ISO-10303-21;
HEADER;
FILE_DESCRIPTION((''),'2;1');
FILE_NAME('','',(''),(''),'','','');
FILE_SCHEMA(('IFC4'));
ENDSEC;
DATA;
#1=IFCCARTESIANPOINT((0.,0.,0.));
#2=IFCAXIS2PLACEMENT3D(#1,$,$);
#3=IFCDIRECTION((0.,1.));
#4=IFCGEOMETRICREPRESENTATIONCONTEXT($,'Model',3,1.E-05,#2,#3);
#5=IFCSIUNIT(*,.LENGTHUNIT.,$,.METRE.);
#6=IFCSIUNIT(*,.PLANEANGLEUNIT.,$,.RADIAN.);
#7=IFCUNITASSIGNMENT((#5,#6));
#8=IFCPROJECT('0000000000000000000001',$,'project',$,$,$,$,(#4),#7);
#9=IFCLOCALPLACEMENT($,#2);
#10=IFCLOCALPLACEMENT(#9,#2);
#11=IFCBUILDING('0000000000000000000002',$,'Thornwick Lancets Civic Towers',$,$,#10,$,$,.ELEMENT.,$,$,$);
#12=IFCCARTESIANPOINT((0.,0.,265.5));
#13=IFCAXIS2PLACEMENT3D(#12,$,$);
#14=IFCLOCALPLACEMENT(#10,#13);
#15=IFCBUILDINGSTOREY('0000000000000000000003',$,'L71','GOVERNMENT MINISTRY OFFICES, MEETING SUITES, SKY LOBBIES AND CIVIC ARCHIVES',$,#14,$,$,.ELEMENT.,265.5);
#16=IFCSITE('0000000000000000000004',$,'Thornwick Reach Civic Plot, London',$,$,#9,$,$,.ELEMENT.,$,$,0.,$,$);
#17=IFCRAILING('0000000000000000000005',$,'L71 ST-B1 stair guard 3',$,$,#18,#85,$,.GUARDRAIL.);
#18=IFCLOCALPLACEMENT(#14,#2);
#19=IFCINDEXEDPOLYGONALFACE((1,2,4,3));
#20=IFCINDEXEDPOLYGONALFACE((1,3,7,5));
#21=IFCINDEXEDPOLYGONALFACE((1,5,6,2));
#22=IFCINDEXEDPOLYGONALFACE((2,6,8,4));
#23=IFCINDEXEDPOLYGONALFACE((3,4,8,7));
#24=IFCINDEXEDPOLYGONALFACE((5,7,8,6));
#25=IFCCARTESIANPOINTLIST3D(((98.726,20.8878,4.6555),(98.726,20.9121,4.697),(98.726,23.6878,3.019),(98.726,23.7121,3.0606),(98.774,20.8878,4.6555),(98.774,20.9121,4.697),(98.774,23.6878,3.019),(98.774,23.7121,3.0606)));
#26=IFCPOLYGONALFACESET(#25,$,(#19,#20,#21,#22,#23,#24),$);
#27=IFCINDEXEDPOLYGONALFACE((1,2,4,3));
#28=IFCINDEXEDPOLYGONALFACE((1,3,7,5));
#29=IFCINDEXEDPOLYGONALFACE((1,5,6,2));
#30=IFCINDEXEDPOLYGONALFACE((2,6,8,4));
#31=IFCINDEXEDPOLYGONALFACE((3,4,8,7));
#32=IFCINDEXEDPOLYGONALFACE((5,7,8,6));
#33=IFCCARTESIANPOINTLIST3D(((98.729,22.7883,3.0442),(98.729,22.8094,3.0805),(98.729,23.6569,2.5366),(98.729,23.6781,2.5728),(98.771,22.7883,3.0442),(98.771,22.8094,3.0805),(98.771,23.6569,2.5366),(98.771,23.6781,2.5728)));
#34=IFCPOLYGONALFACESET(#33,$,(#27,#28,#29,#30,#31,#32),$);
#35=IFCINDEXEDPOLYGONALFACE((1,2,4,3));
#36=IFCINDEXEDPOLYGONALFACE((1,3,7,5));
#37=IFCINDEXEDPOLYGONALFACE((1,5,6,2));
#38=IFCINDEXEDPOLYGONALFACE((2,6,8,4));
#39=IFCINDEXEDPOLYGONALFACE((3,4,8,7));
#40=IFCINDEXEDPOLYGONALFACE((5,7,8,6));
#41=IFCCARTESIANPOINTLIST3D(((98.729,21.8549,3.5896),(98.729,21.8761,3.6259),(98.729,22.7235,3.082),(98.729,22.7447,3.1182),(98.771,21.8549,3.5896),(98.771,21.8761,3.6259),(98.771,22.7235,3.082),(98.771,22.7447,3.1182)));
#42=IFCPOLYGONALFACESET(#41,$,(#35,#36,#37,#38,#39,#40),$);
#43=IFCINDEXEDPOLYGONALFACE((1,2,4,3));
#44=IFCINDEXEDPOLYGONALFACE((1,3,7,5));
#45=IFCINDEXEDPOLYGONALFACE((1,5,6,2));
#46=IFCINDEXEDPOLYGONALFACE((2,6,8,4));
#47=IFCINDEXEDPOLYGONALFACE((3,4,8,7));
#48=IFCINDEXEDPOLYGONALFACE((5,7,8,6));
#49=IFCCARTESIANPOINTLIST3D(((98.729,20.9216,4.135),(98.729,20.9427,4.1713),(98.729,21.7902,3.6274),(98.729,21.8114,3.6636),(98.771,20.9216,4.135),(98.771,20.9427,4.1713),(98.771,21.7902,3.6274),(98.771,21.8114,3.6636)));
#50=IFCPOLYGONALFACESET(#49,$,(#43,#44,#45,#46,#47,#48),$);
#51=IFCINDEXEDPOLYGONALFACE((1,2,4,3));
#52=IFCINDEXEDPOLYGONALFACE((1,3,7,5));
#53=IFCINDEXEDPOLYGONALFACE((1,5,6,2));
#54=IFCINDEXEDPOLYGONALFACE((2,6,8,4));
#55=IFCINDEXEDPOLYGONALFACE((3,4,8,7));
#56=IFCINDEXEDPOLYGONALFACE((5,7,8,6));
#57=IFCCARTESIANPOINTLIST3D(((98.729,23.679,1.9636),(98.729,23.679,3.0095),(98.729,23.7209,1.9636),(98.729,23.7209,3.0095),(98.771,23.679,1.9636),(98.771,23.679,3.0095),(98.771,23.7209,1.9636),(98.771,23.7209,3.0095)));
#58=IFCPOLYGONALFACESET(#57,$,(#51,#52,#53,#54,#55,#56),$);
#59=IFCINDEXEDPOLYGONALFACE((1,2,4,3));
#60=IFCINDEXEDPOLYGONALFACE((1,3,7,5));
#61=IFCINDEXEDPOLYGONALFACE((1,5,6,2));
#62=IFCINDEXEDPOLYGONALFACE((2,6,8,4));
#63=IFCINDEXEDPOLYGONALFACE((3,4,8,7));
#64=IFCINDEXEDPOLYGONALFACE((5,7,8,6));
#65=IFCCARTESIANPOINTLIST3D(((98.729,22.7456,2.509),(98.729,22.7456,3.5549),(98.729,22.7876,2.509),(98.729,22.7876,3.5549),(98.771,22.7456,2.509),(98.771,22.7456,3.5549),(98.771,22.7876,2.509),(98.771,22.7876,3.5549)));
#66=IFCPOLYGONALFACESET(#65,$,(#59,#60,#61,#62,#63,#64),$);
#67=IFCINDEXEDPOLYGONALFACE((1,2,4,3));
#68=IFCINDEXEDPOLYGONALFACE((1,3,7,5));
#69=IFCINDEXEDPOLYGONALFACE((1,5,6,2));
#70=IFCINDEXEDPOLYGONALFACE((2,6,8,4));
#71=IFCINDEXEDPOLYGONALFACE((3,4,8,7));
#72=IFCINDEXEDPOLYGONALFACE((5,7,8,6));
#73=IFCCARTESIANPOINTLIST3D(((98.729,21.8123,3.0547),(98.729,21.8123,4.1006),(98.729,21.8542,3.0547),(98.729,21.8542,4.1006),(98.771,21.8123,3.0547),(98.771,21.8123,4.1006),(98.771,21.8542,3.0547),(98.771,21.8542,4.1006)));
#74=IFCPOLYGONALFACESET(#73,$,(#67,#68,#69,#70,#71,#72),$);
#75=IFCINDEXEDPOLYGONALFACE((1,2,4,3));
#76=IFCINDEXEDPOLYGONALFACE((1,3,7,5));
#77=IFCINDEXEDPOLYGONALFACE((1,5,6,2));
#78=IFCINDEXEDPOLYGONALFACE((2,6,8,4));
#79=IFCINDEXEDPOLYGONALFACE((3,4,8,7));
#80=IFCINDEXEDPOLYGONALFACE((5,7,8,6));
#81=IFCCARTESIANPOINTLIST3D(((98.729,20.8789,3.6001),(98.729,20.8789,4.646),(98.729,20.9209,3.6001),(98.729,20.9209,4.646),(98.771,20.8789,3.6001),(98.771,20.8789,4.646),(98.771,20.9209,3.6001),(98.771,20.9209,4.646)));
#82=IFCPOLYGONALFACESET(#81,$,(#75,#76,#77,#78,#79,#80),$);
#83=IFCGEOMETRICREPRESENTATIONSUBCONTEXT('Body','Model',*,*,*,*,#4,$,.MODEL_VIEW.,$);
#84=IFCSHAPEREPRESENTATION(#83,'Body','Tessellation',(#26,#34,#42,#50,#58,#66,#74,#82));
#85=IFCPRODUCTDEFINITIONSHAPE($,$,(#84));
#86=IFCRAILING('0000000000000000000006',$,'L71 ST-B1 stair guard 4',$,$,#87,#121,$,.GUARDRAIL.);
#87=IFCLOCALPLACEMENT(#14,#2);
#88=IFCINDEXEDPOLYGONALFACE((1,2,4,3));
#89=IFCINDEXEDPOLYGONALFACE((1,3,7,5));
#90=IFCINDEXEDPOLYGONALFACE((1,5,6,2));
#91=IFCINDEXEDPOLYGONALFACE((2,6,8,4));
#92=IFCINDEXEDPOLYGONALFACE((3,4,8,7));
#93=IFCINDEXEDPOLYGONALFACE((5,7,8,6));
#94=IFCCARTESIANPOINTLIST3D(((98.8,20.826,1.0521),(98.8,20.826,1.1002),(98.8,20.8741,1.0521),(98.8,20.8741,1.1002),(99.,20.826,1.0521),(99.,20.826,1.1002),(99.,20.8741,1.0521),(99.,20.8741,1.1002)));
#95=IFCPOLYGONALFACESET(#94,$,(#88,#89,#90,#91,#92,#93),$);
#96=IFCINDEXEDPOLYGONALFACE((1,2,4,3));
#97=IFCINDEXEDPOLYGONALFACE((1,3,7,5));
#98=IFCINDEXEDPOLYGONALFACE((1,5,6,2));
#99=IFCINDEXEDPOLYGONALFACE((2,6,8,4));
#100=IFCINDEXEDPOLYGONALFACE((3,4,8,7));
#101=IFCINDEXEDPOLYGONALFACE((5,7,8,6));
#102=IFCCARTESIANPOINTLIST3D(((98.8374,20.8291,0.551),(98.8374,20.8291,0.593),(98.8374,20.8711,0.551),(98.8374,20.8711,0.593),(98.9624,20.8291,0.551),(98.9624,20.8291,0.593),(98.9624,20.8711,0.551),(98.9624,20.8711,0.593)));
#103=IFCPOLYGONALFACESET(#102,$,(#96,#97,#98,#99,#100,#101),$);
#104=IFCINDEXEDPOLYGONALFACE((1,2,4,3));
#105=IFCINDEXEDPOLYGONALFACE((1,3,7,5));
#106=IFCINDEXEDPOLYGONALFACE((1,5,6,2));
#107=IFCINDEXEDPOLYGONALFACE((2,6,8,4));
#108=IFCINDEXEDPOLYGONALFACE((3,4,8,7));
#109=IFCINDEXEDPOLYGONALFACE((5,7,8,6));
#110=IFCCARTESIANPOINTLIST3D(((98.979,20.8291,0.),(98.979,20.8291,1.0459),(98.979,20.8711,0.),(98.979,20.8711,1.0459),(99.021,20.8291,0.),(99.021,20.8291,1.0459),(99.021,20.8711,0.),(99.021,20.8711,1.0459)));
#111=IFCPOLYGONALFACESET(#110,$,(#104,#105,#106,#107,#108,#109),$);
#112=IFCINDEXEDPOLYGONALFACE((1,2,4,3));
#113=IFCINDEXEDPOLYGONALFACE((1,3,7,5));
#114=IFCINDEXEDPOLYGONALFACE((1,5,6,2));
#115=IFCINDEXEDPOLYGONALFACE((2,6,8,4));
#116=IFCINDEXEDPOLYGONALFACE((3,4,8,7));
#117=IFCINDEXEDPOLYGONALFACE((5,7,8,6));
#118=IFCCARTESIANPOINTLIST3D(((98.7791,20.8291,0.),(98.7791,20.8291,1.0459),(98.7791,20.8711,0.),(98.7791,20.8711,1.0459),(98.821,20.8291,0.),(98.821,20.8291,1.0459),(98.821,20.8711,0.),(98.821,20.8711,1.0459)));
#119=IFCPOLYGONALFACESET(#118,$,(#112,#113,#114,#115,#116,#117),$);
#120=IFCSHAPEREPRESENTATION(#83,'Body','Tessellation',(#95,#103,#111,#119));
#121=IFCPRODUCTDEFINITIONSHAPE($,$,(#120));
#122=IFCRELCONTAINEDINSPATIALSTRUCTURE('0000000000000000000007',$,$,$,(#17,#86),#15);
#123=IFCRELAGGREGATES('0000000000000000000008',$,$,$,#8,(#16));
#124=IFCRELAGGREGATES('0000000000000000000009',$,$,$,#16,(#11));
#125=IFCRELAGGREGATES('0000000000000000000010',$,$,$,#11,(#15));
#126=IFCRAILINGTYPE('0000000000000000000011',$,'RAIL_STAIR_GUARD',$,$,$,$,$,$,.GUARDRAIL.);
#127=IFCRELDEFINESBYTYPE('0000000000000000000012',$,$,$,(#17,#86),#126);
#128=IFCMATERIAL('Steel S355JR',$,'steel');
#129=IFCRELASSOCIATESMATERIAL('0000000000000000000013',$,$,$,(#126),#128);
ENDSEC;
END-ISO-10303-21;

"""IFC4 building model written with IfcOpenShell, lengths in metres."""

from ifc_helpers import new_model, si_unit, direction, frame, origin, origin_2d, place, context, subcontext, project, spatial, rectangle, extrude, material, type_object, element, save


model = new_model("IFC4")

# Units and contexts
model_context = context("Model", 3, precision=1e-05, world=origin(), true_north=direction((0.0, 1.0)))
body_context = subcontext(model_context, "Body", "Model", "MODEL_VIEW")
ifc_project = project(units=[si_unit("LENGTHUNIT", "METRE"), si_unit("PLANEANGLEUNIT", "RADIAN")], contexts=[model_context])

# Site, building, storey
site_placement = place(None, origin())
site = spatial("IfcSite", under=ifc_project, at=site_placement, Name="Thornwick Reach Civic Plot, London", CompositionType="ELEMENT", RefElevation=0.0)
building_placement = place(site_placement, origin())
building = spatial("IfcBuilding", under=site, at=building_placement, Name="Thornwick Lancets Civic Towers", CompositionType="ELEMENT")
storey_placement = place(building_placement, frame((0.0, 0.0, 265.5)))
storey = spatial("IfcBuildingStorey", under=building, at=storey_placement, Name="L71", Description="GOVERNMENT MINISTRY OFFICES, MEETING SUITES, SKY LOBBIES AND CIVIC ARCHIVES", CompositionType="ELEMENT", Elevation=265.5)

# Shared definitions
ifc_material_1 = material(Name="Steel S355JR", Category="steel")

# Railings
railing_type_1 = type_object("IfcRailingType", Name="RAIL_STAIR_GUARD", PredefinedType="GUARDRAIL", material=ifc_material_1)
railing_1_placement = place(storey_placement, frame((98.75, 23.7, 1.9636)))
element("IfcRailing", 1, at=railing_1_placement, inside=storey, type_object=railing_type_1, Name="L71 ST-B1 stair guard 3", PredefinedType="GUARDRAIL", context=body_context, shape_type="SweptSolid", body=[
    extrude(rectangle(XDim=0.0481, YDim=0.0481, at=origin_2d()), frame((0.0, 0.0, 1.0762), z_axis=(0.0, -0.863361, 0.504587), x_axis=(1.0, 0.0, 0.0)), (0.0, 0.0, 1.0), 3.2432),
    extrude(rectangle(XDim=0.042, YDim=0.042, at=origin_2d()), frame((0.0, -0.0325, 0.5911), z_axis=(0.0, -0.863361, 0.504587), x_axis=(1.0, 0.0, 0.0)), (0.0, 0.0, 1.0), 1.0061),
    extrude(rectangle(XDim=0.042, YDim=0.042, at=origin_2d()), frame((0.0, -0.9658, 1.1365), z_axis=(0.0, -0.863361, 0.504587), x_axis=(1.0, 0.0, 0.0)), (0.0, 0.0, 1.0), 1.0061),
    extrude(rectangle(XDim=0.042, YDim=0.042, at=origin_2d()), frame((0.0, -1.8992, 1.6819), z_axis=(0.0, -0.863361, 0.504587), x_axis=(1.0, 0.0, 0.0)), (0.0, 0.0, 1.0), 1.0061),
    extrude(rectangle(XDim=0.042, YDim=0.042, at=origin_2d()), origin(), (0.0, 0.0, 1.0), 1.0459),
    extrude(rectangle(XDim=0.042, YDim=0.042, at=origin_2d()), frame((0.0, -0.9333, 0.5454)), (0.0, 0.0, 1.0), 1.0459),
    extrude(rectangle(XDim=0.042, YDim=0.042, at=origin_2d()), frame((0.0, -1.8667, 1.0911)), (0.0, 0.0, 1.0), 1.0459),
    extrude(rectangle(XDim=0.042, YDim=0.042, at=origin_2d()), frame((0.0, -2.8, 1.6365)), (0.0, 0.0, 1.0), 1.0459),
])
railing_2_placement = place(storey_placement, frame((99.0, 20.8501, 0.0)))
element("IfcRailing", 2, at=railing_2_placement, inside=storey, type_object=railing_type_1, Name="L71 ST-B1 stair guard 4", PredefinedType="GUARDRAIL", context=body_context, shape_type="SweptSolid", body=[
    extrude(rectangle(XDim=0.0481, YDim=0.0481, at=origin_2d()), frame((0.0, 0.0, 1.0762), z_axis=(-1.0, 0.0, 0.0), x_axis=(0.0, -1.0, 0.0)), (0.0, 0.0, 1.0), 0.2),
    extrude(rectangle(XDim=0.042, YDim=0.042, at=origin_2d()), frame((-0.0376, 0.0, 0.572), z_axis=(-1.0, 0.0, 0.0), x_axis=(0.0, -1.0, 0.0)), (0.0, 0.0, 1.0), 0.125),
    extrude(rectangle(XDim=0.042, YDim=0.042, at=origin_2d()), origin(), (0.0, 0.0, 1.0), 1.0459),
    extrude(rectangle(XDim=0.042, YDim=0.042, at=origin_2d()), frame((-0.2, 0.0, 0.0)), (0.0, 0.0, 1.0), 1.0459),
])

save(model, "model.ifc")
